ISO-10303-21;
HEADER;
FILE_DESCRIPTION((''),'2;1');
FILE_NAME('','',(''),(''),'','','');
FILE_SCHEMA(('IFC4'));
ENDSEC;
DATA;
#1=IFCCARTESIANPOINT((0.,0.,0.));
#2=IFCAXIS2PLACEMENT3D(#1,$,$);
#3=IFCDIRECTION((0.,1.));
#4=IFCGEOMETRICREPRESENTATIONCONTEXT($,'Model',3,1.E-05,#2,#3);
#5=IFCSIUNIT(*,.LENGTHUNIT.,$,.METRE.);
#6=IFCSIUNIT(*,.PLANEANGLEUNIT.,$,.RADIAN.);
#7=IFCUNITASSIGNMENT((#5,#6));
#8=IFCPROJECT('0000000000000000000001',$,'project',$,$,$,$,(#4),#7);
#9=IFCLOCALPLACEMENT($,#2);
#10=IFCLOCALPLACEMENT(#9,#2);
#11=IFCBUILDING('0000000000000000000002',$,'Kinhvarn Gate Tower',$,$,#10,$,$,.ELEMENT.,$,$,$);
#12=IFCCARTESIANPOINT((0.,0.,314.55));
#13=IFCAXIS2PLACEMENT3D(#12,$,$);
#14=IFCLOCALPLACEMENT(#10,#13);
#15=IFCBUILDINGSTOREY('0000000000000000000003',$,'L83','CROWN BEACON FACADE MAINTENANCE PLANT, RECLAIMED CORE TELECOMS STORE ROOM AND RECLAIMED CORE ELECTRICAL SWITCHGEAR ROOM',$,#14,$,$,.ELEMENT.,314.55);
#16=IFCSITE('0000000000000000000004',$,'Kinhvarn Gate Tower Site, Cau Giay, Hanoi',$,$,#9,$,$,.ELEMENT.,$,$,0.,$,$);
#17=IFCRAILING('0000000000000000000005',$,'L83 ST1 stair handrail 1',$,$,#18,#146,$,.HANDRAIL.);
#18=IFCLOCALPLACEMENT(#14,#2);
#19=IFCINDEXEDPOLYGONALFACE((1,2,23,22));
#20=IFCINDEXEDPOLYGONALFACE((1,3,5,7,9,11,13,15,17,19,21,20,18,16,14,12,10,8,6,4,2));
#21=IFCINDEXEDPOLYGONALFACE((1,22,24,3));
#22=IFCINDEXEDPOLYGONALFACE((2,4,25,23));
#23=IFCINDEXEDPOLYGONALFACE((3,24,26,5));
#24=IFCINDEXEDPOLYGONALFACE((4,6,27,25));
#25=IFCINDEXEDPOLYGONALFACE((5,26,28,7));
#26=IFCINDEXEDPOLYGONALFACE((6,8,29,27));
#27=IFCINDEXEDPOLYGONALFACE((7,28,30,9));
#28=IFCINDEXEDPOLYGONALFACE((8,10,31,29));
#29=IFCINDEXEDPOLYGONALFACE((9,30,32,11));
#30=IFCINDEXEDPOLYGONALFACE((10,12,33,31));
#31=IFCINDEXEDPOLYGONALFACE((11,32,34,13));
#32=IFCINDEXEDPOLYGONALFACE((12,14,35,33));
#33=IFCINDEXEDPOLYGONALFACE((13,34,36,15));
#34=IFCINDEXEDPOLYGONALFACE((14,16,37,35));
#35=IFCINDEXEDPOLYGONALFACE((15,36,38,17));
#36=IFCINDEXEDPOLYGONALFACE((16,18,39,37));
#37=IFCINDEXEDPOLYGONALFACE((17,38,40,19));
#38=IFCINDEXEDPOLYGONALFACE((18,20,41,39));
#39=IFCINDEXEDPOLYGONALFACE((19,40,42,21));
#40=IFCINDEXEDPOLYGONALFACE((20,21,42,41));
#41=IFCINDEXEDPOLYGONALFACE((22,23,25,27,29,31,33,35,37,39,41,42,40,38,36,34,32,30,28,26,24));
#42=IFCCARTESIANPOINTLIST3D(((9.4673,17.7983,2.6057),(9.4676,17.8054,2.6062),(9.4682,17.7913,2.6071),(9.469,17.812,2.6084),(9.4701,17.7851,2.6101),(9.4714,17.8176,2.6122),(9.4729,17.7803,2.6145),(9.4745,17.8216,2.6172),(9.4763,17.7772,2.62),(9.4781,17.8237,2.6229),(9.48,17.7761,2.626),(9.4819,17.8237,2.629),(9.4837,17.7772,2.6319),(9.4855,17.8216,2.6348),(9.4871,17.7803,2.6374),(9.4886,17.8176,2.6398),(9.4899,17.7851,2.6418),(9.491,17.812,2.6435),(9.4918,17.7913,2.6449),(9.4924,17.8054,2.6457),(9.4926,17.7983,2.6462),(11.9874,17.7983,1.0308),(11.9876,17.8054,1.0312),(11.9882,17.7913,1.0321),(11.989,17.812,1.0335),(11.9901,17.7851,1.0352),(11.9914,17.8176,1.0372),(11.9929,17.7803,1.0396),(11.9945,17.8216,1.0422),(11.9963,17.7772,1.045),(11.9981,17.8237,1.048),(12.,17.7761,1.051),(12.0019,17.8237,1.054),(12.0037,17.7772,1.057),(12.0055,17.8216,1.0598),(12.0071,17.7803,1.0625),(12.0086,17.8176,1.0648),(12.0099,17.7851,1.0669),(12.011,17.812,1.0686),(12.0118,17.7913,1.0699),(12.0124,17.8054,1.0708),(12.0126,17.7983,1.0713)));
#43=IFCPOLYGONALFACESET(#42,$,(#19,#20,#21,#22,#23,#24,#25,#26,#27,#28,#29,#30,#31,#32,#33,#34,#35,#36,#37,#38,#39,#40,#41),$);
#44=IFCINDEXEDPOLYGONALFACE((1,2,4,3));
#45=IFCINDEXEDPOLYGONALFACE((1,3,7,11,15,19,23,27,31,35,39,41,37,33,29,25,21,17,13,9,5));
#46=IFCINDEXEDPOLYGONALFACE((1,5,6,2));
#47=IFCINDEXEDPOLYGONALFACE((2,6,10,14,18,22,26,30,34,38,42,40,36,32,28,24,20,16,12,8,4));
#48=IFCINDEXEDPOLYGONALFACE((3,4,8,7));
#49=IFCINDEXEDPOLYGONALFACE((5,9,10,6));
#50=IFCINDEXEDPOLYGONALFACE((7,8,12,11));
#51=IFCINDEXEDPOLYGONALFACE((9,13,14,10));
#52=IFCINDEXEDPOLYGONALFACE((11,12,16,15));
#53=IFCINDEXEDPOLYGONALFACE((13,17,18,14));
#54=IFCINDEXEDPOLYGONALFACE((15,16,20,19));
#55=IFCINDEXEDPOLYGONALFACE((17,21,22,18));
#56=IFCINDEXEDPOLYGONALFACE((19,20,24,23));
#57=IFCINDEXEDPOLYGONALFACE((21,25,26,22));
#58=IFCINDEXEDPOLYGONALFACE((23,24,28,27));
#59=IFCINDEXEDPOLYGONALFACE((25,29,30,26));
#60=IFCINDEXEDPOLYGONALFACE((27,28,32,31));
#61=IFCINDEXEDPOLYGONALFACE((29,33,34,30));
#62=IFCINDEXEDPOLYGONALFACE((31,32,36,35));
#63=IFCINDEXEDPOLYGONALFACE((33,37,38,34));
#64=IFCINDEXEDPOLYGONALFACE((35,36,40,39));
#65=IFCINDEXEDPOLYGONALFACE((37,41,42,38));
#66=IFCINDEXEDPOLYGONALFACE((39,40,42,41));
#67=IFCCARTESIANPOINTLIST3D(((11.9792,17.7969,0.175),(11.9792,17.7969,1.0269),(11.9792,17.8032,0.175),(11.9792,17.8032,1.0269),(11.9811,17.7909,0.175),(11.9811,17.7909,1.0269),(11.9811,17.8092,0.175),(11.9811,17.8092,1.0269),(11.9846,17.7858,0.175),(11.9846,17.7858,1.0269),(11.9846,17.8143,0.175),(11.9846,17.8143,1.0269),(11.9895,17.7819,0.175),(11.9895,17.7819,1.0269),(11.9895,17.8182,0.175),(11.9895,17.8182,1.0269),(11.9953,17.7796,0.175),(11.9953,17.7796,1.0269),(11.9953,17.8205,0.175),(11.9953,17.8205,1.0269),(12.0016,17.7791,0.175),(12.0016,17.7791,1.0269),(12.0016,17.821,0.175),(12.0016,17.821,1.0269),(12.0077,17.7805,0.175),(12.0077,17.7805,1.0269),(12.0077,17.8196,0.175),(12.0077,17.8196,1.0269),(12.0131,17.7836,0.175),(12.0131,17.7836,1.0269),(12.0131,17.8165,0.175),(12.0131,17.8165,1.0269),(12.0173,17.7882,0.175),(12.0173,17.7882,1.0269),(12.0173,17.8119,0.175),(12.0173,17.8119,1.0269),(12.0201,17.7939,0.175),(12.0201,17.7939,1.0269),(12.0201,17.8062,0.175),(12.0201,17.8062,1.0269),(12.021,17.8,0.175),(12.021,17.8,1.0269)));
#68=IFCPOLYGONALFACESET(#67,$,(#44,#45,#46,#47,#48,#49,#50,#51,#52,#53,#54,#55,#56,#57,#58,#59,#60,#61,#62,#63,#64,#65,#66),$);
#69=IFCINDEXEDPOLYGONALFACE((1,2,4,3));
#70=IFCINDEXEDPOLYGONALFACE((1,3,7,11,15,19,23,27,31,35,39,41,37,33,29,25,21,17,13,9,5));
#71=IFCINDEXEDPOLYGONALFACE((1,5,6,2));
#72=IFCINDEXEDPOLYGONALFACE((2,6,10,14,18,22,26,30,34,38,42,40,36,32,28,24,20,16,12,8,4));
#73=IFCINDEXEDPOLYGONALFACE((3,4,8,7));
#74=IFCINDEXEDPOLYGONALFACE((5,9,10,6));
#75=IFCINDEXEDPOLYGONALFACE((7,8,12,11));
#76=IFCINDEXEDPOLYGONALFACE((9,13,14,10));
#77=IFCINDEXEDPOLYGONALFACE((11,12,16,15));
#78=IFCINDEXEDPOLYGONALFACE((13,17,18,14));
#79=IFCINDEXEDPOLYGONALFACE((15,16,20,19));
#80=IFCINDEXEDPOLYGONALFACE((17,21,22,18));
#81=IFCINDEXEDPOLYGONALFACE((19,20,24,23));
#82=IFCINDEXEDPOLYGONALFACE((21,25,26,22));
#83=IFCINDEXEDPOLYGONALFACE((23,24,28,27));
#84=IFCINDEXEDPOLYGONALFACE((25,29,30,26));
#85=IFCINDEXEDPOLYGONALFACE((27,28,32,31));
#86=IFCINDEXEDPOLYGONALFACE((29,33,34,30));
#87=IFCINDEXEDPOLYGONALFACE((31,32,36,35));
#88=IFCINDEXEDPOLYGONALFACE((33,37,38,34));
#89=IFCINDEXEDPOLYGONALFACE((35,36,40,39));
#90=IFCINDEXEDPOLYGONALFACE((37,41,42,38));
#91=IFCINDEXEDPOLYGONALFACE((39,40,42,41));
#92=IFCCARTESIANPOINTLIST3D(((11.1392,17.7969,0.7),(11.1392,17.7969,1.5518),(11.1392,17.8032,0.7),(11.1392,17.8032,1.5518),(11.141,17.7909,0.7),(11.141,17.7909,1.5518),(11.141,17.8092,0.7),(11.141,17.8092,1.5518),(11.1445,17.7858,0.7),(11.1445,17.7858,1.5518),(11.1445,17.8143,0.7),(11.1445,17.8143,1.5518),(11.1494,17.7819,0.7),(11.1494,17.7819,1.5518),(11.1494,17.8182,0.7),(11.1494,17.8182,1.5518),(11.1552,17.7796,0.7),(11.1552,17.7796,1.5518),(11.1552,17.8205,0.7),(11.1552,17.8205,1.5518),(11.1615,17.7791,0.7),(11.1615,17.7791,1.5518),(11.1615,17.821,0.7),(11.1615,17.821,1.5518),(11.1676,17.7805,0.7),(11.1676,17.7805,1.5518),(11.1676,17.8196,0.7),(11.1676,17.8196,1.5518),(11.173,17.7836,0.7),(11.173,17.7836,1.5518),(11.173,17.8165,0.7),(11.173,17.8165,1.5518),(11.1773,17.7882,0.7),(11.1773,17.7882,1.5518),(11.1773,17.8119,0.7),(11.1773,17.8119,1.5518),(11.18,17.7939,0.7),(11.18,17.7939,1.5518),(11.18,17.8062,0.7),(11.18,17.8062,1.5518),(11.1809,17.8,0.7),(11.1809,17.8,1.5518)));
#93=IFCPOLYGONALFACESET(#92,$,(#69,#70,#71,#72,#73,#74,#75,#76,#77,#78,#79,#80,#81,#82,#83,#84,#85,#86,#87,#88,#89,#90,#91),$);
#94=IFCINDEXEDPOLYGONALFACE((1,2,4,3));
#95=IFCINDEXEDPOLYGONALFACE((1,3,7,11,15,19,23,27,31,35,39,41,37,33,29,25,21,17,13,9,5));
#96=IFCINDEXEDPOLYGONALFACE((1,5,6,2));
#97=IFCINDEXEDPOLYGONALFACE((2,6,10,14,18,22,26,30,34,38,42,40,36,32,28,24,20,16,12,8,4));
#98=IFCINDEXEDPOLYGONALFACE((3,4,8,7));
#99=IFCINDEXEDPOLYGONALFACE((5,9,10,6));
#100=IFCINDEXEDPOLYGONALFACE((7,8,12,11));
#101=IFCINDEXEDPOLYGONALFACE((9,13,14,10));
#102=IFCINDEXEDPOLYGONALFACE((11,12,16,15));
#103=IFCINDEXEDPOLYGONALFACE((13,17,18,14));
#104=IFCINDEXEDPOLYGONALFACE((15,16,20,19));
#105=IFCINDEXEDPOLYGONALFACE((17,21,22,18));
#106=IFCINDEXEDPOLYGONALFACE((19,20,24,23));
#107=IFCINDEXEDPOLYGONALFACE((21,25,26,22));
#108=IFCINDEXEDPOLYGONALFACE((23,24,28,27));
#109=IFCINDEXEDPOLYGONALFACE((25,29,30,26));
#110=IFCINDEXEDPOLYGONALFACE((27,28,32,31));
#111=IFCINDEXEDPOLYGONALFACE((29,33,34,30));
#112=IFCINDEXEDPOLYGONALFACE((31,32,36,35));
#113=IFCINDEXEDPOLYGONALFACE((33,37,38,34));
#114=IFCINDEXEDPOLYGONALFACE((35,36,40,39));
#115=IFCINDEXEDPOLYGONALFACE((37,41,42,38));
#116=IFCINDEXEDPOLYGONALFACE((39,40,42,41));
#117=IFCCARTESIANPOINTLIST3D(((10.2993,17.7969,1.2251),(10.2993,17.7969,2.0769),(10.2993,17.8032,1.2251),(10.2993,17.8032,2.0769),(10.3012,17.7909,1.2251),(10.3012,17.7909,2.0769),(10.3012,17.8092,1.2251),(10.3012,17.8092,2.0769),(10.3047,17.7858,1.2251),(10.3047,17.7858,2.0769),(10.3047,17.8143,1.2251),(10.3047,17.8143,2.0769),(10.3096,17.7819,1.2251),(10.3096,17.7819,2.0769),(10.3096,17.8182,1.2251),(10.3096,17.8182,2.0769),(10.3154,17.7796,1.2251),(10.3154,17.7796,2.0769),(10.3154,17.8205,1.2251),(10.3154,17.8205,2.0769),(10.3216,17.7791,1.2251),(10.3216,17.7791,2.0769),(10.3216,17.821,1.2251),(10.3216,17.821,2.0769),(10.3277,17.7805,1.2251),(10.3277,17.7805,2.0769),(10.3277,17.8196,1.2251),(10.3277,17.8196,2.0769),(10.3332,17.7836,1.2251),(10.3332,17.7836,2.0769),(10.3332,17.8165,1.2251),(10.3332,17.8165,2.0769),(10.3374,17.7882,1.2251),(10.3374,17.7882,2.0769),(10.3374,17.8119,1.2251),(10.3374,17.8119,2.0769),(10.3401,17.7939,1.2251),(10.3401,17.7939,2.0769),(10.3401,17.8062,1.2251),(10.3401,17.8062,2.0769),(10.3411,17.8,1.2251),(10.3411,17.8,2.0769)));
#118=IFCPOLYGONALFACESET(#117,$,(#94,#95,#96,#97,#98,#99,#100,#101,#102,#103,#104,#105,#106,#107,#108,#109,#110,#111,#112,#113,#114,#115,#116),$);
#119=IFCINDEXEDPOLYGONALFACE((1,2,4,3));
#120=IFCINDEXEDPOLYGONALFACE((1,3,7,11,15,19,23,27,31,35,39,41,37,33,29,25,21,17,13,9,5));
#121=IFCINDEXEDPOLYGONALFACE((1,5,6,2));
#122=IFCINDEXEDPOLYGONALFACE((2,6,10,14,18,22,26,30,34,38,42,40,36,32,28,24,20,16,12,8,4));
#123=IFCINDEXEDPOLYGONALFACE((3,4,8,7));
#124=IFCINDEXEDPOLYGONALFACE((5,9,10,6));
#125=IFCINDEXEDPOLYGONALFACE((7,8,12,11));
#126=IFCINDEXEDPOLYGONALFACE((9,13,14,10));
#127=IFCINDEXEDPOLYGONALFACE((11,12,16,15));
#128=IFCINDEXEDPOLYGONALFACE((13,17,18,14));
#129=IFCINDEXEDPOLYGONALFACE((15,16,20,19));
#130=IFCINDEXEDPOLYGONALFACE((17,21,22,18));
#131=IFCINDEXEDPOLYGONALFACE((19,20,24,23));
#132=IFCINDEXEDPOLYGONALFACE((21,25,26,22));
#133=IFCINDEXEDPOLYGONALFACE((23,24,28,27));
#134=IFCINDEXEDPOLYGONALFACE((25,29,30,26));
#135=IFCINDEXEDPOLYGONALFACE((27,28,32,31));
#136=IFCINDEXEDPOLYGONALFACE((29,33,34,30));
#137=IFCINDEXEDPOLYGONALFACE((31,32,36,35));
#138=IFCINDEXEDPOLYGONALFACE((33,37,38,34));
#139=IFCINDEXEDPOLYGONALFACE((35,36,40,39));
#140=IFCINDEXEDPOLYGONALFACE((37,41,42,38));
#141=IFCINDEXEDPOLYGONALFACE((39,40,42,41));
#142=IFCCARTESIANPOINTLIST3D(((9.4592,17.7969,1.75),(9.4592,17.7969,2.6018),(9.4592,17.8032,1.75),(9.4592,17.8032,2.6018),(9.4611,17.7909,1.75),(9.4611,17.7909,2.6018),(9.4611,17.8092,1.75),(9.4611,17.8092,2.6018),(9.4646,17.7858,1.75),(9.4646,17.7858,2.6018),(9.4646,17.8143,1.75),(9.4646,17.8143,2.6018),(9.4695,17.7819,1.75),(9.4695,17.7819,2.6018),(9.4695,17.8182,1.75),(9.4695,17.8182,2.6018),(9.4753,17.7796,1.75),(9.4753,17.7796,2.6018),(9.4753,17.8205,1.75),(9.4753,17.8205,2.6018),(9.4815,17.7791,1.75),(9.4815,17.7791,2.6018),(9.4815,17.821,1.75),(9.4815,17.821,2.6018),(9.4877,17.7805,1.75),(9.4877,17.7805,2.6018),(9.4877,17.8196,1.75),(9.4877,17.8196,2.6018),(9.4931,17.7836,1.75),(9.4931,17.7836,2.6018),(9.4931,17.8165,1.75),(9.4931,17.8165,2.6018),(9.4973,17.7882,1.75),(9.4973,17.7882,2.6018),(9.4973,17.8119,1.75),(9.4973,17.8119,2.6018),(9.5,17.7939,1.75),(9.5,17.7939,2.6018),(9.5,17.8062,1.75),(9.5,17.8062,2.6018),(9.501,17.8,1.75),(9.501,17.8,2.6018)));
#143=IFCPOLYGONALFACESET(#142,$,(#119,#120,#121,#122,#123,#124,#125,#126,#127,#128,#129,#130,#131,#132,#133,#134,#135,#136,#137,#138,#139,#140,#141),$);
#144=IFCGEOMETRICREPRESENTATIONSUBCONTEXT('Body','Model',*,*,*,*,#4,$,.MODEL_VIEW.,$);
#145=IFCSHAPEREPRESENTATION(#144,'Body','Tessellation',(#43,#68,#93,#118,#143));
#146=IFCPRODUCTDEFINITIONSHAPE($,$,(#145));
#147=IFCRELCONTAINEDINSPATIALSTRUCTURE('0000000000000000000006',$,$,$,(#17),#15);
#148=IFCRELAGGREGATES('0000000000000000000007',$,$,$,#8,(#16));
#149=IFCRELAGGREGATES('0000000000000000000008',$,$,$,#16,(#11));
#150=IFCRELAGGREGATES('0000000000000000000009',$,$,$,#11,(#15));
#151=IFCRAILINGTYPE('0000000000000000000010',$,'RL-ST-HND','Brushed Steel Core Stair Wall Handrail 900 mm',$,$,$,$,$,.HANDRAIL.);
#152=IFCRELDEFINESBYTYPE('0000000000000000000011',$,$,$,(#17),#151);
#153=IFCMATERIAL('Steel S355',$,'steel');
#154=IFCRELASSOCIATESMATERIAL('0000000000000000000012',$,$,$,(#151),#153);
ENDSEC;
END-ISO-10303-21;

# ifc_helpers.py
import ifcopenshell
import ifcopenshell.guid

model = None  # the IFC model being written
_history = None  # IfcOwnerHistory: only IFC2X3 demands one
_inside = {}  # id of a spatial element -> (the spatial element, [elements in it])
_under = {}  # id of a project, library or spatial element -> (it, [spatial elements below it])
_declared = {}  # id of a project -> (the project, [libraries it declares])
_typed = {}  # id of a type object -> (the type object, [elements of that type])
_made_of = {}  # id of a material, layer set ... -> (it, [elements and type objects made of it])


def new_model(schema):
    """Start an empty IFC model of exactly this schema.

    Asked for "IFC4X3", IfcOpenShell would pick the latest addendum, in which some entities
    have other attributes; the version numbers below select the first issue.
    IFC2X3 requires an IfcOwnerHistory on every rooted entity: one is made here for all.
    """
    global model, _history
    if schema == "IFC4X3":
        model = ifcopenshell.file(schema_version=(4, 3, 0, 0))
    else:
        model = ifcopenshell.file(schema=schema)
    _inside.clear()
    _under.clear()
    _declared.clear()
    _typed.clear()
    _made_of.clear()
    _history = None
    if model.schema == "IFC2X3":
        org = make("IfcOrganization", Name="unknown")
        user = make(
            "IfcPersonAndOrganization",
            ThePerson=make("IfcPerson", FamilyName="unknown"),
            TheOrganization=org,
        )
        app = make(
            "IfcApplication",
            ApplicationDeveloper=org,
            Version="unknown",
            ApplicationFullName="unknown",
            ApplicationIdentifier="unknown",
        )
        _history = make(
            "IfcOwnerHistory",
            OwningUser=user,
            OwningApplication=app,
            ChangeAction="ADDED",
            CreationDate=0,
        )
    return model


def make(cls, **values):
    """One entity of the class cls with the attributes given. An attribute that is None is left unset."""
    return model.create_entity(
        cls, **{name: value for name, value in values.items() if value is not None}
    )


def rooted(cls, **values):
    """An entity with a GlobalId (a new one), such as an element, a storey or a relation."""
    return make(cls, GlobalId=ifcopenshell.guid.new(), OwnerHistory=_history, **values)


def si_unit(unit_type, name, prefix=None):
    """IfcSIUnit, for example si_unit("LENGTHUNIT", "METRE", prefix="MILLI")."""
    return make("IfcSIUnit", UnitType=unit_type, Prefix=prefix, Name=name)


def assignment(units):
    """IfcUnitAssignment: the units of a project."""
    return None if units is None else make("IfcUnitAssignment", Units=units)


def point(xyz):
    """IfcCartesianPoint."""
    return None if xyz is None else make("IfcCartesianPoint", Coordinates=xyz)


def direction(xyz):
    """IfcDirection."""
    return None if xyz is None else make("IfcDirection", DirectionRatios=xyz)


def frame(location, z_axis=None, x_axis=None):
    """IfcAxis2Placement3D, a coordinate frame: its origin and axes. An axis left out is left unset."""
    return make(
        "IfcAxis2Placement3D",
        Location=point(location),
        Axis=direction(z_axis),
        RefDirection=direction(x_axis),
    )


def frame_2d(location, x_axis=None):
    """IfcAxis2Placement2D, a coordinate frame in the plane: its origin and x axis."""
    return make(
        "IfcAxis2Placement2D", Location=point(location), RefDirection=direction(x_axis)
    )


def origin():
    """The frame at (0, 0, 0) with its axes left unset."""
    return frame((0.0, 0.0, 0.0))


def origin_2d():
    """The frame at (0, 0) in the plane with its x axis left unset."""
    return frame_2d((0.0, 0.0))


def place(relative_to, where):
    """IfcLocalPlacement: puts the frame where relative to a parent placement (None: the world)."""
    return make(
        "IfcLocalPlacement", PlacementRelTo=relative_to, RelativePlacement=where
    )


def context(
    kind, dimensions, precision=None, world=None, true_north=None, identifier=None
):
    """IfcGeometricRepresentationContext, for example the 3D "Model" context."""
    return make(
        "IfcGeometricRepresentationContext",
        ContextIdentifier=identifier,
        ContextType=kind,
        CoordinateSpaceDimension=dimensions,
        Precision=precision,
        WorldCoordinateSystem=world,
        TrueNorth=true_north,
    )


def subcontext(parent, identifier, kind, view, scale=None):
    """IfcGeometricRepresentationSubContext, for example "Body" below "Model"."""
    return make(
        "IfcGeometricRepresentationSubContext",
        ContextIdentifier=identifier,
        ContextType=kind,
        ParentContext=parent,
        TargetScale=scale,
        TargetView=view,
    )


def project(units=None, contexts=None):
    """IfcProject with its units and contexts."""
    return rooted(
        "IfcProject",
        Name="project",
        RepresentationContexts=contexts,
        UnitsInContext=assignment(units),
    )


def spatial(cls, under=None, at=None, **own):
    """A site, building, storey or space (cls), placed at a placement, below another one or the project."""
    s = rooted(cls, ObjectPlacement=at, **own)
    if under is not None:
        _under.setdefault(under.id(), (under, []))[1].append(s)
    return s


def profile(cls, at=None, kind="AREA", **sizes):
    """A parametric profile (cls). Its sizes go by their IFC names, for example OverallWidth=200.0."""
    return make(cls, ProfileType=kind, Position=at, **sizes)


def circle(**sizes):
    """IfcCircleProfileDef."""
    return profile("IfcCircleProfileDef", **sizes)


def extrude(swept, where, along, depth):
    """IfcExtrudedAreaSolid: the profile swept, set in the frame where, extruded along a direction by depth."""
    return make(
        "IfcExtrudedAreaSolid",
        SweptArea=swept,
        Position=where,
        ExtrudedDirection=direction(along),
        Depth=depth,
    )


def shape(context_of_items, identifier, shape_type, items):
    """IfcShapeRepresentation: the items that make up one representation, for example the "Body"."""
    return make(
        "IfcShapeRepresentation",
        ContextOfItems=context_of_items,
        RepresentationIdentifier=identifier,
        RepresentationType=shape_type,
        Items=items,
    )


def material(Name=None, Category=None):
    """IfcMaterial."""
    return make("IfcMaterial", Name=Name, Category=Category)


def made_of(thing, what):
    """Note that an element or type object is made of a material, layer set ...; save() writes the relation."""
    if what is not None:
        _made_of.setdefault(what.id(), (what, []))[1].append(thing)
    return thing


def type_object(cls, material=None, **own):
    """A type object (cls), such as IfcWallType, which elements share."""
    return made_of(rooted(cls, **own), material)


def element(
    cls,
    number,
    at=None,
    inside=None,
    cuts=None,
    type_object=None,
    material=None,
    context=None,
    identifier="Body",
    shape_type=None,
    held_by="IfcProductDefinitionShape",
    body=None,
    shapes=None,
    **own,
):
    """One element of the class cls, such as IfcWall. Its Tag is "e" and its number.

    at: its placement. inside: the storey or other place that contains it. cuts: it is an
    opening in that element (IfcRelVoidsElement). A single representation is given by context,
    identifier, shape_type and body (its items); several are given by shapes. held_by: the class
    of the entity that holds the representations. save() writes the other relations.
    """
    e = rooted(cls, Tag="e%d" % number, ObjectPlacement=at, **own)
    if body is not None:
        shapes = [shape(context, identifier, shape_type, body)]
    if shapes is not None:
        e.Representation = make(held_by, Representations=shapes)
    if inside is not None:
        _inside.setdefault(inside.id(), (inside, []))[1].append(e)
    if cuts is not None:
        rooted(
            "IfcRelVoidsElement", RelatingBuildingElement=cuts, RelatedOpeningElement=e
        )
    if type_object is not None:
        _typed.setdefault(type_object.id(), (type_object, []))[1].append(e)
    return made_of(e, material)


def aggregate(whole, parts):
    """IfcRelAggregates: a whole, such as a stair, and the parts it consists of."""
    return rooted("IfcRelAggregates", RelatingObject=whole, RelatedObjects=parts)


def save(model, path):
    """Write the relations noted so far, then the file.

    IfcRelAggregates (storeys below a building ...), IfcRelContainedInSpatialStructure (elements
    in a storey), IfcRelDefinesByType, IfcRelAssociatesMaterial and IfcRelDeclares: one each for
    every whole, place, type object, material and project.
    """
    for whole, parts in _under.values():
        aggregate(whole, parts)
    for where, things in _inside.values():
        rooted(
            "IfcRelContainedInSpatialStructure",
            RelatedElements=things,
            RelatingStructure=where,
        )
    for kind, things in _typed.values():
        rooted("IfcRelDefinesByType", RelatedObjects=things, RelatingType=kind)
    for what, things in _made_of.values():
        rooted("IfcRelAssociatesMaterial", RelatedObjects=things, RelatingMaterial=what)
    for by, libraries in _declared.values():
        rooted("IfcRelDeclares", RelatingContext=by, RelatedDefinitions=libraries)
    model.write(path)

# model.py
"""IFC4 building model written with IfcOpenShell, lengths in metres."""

from ifc_helpers import new_model, si_unit, direction, frame, origin, origin_2d, place, context, subcontext, project, spatial, circle, extrude, material, type_object, element, save


model = new_model("IFC4")

# Units and contexts
model_context = context("Model", 3, precision=1e-05, world=origin(), true_north=direction((0.0, 1.0)))
body_context = subcontext(model_context, "Body", "Model", "MODEL_VIEW")
ifc_project = project(units=[si_unit("LENGTHUNIT", "METRE"), si_unit("PLANEANGLEUNIT", "RADIAN")], contexts=[model_context])

# Site, building, storey
site_placement = place(None, origin())
site = spatial("IfcSite", under=ifc_project, at=site_placement, Name="Kinhvarn Gate Tower Site, Cau Giay, Hanoi", CompositionType="ELEMENT", RefElevation=0.0)
building_placement = place(site_placement, origin())
building = spatial("IfcBuilding", under=site, at=building_placement, Name="Kinhvarn Gate Tower", CompositionType="ELEMENT")
storey_placement = place(building_placement, frame((0.0, 0.0, 314.55)))
storey = spatial("IfcBuildingStorey", under=building, at=storey_placement, Name="L83", Description="CROWN BEACON FACADE MAINTENANCE PLANT, RECLAIMED CORE TELECOMS STORE ROOM AND RECLAIMED CORE ELECTRICAL SWITCHGEAR ROOM", CompositionType="ELEMENT", Elevation=314.55)

# Railing
ifc_material_1 = material(Name="Steel S355", Category="steel")
railing_type_1 = type_object("IfcRailingType", Name="RL-ST-HND", Description="Brushed Steel Core Stair Wall Handrail 900 mm", PredefinedType="HANDRAIL", material=ifc_material_1)
railing_1_placement = place(storey_placement, frame((12.0, 17.8, 0.175)))
element("IfcRailing", 1, at=railing_1_placement, inside=storey, type_object=railing_type_1, Name="L83 ST1 stair handrail 1", PredefinedType="HANDRAIL", context=body_context, shape_type="SweptSolid", body=[
    extrude(circle(Radius=0.0239, at=origin_2d()), frame((0.0, 0.0, 0.876), z_axis=(-0.848008, 0.0, 0.529984), x_axis=(0.0, -1.0, 0.0)), (0.0, 0.0, 1.0), 2.9717),
    extrude(circle(Radius=0.021, at=origin_2d()), origin(), (0.0, 0.0, 1.0), 0.8518),
    extrude(circle(Radius=0.021, at=origin_2d()), frame((-0.8401, 0.0, 0.5249)), (0.0, 0.0, 1.0), 0.8518),
    extrude(circle(Radius=0.021, at=origin_2d()), frame((-1.6799, 0.0, 1.05)), (0.0, 0.0, 1.0), 0.8518),
    extrude(circle(Radius=0.021, at=origin_2d()), frame((-2.52, 0.0, 1.575)), (0.0, 0.0, 1.0), 0.8518),
])

save(model, "model.ifc")
